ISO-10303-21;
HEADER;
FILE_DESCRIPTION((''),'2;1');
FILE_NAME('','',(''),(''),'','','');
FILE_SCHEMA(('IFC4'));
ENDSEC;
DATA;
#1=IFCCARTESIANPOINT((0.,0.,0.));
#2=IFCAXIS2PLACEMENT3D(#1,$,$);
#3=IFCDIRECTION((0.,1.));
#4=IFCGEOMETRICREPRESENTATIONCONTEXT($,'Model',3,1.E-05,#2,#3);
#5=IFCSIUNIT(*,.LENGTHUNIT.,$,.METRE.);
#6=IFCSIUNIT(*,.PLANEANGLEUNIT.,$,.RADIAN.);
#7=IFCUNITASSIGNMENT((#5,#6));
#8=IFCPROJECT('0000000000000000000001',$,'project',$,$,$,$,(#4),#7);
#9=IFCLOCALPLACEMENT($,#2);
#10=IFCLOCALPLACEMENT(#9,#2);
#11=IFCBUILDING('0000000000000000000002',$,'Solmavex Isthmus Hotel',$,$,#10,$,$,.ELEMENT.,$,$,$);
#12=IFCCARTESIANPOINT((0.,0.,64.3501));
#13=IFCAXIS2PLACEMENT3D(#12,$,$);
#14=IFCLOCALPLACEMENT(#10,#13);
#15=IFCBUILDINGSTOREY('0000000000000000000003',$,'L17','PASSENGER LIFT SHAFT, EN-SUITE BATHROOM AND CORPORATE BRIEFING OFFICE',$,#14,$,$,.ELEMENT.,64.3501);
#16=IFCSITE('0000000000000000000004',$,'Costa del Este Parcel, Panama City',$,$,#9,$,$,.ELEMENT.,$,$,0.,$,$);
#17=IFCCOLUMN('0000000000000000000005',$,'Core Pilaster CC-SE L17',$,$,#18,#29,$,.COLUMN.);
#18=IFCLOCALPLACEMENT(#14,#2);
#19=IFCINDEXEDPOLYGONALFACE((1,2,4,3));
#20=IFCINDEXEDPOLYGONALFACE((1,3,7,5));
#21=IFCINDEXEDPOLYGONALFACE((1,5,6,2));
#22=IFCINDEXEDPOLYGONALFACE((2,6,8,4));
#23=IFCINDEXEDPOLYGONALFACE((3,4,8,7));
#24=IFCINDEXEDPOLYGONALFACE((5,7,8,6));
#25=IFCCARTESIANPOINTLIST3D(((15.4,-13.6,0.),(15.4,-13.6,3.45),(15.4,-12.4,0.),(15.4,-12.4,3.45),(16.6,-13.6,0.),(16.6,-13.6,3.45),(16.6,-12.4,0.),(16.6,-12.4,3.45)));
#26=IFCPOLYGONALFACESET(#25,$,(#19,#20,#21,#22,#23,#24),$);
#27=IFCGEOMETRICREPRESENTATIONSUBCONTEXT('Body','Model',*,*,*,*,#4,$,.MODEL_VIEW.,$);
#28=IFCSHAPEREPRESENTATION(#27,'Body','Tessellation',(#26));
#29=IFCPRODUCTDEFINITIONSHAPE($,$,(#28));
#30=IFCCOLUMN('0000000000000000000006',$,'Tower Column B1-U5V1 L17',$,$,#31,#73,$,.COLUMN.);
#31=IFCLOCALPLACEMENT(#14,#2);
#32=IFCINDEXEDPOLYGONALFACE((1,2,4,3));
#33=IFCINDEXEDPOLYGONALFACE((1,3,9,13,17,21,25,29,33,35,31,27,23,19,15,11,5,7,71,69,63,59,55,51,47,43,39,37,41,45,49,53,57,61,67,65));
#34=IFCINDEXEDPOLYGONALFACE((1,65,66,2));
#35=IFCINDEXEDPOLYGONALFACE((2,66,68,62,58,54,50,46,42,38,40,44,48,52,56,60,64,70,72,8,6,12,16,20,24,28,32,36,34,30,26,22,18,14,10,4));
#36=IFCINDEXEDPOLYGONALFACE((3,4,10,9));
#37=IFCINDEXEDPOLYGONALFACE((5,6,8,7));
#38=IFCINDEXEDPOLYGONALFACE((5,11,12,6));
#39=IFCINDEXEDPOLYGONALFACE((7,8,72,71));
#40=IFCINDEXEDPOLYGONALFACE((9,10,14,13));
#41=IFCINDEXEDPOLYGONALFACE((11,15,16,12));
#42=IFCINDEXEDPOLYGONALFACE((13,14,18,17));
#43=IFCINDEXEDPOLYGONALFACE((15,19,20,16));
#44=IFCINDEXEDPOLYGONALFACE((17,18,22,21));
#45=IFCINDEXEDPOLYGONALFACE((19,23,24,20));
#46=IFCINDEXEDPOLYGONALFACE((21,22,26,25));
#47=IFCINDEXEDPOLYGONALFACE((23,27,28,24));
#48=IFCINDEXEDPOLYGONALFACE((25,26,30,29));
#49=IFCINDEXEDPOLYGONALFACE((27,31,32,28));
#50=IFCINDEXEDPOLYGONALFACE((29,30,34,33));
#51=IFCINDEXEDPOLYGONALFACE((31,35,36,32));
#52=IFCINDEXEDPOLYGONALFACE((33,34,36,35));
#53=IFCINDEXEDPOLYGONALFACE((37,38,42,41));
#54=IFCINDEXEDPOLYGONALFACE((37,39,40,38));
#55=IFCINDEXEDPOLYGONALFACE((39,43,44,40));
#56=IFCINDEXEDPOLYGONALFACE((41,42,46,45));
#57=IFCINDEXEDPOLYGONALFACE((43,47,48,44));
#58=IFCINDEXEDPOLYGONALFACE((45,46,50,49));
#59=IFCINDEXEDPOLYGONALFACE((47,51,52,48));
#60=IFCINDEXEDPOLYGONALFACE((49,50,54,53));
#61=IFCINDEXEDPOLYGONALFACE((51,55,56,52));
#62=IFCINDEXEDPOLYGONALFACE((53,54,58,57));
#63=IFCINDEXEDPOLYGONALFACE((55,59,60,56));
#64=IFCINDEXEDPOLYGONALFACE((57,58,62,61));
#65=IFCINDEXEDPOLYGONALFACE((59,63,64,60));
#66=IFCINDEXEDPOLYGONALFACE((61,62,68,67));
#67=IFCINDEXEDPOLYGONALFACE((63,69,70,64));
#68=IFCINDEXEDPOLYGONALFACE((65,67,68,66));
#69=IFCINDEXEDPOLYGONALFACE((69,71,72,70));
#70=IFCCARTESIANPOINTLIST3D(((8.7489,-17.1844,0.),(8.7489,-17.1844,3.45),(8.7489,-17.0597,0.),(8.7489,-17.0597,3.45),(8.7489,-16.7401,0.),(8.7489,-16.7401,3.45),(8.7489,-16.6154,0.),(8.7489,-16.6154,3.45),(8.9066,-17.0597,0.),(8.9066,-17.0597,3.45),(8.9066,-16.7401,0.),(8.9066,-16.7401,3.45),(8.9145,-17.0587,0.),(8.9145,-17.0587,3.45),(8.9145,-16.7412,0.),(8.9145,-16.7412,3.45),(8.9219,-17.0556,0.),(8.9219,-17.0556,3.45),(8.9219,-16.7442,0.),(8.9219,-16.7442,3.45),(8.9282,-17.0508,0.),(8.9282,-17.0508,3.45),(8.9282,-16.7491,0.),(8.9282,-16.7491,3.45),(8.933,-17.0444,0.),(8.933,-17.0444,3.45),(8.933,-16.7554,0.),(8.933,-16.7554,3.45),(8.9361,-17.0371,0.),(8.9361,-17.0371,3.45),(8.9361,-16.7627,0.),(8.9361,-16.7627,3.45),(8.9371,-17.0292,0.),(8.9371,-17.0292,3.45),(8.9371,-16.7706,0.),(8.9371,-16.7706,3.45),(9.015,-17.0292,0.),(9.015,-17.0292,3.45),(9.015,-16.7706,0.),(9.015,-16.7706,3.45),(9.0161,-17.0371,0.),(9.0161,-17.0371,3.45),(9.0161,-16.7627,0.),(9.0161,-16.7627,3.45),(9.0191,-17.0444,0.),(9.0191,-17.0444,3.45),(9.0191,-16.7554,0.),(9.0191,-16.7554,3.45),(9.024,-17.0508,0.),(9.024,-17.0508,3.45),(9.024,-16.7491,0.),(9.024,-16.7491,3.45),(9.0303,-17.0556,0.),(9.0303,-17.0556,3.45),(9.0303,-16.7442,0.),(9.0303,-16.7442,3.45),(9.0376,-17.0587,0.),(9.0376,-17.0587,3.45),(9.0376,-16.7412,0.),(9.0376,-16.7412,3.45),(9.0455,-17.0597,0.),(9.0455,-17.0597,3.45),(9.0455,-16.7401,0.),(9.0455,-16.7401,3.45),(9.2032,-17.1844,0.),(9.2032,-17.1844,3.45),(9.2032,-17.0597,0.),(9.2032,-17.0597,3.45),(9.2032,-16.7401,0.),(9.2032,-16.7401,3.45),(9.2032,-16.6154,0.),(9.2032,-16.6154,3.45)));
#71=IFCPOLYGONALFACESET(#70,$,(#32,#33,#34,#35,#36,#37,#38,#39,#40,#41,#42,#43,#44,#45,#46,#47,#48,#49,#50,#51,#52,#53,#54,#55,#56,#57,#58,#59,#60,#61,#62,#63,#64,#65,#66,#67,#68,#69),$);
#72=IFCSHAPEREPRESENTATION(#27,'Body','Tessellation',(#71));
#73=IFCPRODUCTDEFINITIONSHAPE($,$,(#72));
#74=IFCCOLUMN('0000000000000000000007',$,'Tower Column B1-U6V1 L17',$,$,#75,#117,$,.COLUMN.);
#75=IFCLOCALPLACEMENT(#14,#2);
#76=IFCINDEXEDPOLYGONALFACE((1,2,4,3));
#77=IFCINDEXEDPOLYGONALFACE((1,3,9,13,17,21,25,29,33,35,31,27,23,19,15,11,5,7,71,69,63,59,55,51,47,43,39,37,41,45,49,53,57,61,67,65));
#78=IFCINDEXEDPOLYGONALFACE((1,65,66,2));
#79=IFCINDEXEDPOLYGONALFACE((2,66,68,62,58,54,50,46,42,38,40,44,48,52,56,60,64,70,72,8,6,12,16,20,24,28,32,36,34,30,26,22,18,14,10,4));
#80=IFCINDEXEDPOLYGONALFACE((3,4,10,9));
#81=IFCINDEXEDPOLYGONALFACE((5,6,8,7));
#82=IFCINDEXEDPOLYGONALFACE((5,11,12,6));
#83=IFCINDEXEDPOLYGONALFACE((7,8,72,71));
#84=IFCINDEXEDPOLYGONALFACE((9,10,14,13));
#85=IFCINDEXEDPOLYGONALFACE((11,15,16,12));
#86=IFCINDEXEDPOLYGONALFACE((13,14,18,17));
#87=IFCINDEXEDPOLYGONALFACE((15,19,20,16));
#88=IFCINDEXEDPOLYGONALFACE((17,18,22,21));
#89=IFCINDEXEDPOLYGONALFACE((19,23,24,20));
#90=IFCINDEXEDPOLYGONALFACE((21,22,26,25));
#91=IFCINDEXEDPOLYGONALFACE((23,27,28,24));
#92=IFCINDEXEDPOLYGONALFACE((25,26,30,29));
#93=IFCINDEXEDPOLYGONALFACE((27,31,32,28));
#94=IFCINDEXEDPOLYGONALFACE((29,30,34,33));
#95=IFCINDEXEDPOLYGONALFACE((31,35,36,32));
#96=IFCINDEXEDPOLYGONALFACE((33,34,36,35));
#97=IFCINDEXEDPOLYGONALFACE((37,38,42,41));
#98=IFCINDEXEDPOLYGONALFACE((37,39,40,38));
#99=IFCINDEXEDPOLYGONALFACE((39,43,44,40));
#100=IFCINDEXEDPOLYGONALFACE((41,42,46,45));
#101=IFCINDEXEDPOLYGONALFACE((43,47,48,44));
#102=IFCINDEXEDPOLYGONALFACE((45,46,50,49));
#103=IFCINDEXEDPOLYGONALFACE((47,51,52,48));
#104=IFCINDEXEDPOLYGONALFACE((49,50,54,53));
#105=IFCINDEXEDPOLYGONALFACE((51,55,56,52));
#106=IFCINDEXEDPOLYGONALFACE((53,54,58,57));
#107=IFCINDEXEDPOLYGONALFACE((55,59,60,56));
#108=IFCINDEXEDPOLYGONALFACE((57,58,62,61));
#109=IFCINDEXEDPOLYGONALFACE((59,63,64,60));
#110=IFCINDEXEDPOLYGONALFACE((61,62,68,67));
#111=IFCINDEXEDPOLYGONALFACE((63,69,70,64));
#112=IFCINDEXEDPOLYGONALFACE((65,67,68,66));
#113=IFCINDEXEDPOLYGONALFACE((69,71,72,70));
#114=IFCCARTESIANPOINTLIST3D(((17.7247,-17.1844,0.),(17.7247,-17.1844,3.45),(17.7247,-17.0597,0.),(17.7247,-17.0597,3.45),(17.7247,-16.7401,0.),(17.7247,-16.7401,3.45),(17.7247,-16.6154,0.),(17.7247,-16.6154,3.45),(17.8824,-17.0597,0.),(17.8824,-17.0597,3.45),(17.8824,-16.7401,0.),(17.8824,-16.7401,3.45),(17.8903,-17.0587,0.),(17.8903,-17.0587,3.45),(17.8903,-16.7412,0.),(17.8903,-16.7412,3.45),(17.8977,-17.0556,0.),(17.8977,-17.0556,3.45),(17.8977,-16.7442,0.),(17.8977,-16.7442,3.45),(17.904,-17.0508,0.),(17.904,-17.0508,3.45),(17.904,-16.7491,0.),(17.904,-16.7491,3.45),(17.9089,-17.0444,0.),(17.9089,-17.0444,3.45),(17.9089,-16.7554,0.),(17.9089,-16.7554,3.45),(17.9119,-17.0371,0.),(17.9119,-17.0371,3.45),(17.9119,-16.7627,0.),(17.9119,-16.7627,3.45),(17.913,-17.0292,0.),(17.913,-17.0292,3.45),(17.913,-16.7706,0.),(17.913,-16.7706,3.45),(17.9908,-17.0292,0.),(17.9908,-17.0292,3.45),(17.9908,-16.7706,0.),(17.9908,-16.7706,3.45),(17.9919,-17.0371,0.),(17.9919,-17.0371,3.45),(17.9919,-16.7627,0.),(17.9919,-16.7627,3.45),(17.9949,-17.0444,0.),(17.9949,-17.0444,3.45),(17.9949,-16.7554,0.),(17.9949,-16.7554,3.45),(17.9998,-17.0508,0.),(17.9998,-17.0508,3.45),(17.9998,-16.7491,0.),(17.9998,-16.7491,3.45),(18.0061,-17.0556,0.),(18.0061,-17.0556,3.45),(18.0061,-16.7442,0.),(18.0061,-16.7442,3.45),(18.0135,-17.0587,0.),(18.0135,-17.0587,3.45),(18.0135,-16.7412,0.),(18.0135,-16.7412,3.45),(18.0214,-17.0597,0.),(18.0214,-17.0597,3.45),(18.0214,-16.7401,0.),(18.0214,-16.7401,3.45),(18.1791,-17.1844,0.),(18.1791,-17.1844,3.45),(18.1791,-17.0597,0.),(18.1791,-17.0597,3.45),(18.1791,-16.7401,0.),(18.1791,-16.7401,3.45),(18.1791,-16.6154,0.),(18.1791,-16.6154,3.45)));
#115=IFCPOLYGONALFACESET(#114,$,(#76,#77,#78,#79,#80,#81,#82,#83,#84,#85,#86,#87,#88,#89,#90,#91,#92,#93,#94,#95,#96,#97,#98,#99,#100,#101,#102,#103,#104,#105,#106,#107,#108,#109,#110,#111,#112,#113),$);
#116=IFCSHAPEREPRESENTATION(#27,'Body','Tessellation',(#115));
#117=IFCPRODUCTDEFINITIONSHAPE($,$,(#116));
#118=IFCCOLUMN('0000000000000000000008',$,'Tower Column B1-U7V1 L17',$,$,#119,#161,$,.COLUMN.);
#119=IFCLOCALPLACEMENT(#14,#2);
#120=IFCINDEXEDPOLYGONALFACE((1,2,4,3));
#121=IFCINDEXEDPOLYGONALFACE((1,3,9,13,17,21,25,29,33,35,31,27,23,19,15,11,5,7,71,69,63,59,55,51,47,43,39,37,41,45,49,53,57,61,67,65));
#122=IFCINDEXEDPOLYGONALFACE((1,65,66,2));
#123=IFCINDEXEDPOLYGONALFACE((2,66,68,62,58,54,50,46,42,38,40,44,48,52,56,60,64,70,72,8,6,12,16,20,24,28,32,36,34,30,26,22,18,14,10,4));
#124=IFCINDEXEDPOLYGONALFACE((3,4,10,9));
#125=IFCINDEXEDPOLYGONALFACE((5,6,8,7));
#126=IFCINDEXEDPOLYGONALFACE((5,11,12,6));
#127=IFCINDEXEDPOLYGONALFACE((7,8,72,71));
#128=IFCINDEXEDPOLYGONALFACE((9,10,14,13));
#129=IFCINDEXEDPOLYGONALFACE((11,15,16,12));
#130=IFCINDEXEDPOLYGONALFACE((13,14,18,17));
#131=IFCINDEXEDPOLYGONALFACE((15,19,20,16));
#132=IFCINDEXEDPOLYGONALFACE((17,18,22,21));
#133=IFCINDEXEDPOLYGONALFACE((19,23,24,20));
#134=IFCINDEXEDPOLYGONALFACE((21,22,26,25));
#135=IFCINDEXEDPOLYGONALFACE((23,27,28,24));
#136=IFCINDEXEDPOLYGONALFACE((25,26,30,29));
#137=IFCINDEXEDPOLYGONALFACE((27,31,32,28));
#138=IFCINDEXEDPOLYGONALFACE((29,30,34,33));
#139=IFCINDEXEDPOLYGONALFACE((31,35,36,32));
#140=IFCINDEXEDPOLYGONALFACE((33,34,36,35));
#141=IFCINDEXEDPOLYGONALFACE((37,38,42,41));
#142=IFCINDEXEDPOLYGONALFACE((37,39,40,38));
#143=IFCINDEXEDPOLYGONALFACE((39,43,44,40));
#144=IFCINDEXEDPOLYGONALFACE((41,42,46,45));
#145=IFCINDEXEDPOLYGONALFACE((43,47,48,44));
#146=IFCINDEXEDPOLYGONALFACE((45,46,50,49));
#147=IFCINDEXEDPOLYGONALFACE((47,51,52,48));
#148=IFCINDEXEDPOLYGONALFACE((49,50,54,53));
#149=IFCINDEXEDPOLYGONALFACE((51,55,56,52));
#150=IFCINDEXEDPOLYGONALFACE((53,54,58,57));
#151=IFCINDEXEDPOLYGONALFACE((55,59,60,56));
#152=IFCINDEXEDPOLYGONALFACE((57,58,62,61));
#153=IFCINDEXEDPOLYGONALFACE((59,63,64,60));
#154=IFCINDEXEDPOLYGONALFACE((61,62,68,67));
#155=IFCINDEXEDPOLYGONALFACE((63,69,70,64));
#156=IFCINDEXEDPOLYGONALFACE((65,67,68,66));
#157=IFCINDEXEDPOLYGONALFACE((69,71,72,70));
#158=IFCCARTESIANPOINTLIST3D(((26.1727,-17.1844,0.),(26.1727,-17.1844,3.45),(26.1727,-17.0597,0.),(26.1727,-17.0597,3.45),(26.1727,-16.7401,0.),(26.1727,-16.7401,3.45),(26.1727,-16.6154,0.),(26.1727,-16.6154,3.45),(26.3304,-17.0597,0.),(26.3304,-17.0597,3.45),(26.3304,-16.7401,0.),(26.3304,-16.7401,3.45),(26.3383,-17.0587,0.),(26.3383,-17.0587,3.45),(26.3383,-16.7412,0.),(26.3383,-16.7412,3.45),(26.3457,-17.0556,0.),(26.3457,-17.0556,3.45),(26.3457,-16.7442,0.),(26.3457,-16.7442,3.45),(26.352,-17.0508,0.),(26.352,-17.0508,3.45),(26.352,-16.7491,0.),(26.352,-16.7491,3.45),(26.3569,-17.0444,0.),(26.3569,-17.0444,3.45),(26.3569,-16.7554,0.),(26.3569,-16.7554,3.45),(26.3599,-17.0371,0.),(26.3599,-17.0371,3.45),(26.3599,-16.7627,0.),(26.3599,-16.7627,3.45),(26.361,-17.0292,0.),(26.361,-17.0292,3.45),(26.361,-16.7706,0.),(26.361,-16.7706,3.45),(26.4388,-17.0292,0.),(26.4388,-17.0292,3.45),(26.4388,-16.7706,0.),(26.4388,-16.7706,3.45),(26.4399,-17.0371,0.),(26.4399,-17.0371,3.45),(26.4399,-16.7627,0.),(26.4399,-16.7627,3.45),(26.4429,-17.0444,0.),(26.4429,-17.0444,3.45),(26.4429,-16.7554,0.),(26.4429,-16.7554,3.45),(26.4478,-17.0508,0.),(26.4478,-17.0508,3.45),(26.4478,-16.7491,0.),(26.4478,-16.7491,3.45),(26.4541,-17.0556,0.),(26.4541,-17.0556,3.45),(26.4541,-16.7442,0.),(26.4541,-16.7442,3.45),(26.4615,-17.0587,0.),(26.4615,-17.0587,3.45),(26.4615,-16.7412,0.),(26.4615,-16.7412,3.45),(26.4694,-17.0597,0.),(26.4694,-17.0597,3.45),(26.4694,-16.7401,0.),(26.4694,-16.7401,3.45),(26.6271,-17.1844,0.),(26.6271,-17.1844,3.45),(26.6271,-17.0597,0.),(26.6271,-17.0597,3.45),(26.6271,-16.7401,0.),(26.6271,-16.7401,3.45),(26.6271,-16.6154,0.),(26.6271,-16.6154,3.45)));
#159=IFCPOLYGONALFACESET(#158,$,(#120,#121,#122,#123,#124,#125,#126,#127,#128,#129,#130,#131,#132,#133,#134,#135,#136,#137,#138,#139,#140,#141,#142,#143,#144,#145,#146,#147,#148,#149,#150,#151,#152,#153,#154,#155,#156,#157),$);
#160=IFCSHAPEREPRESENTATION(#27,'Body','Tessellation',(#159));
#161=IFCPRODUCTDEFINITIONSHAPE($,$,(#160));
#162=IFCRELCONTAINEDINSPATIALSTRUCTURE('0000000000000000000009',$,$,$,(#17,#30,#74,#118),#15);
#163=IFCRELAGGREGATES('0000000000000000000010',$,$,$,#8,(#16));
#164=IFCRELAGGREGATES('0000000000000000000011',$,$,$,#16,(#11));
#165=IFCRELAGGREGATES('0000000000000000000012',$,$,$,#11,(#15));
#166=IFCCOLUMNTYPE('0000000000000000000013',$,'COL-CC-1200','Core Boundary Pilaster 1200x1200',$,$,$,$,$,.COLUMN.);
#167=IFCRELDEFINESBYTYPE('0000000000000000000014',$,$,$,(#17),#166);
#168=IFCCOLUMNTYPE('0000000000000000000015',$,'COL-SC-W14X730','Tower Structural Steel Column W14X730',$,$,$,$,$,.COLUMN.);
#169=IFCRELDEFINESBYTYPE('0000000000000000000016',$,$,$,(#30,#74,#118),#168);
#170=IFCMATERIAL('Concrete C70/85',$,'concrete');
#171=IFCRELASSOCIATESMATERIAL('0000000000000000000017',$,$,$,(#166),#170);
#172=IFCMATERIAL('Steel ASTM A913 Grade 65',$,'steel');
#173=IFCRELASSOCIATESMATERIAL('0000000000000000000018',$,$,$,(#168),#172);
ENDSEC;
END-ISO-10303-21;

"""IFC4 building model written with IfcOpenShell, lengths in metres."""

from ifc_helpers import new_model, si_unit, direction, frame, origin, origin_2d, place, context, subcontext, project, spatial, rectangle, i_section, extrude, material, material_profile, profile_set, type_object, element, save


model = new_model("IFC4")

# Units and contexts
model_context = context("Model", 3, precision=1e-05, world=origin(), true_north=direction((0.0, 1.0)))
body_context = subcontext(model_context, "Body", "Model", "MODEL_VIEW")
ifc_project = project(units=[si_unit("LENGTHUNIT", "METRE"), si_unit("PLANEANGLEUNIT", "RADIAN")], contexts=[model_context])

# Site, building, storey
site_placement = place(None, origin())
site = spatial("IfcSite", under=ifc_project, at=site_placement, Name="Costa del Este Parcel, Panama City", CompositionType="ELEMENT", RefElevation=0.0)
building_placement = place(site_placement, origin())
building = spatial("IfcBuilding", under=site, at=building_placement, Name="Solmavex Isthmus Hotel", CompositionType="ELEMENT")
storey_placement = place(building_placement, frame((0.0, 0.0, 64.3501)))
storey = spatial("IfcBuildingStorey", under=building, at=storey_placement, Name="L17", Description="PASSENGER LIFT SHAFT, EN-SUITE BATHROOM AND CORPORATE BRIEFING OFFICE", CompositionType="ELEMENT", Elevation=64.3501)

# Columns
ifc_material_1 = material(Name="Concrete C70/85", Category="concrete")
ifc_material_profile_1 = material_profile(ifc_material_1, rectangle(XDim=1.2, YDim=1.2, at=origin_2d()), Name="RC1200X1200")
ifc_profile_set_1 = profile_set([ifc_material_profile_1], Name="Concrete C70/85")
column_type_1 = type_object("IfcColumnType", Name="COL-CC-1200", Description="Core Boundary Pilaster 1200x1200", PredefinedType="COLUMN", material=ifc_profile_set_1)
column_placement = place(storey_placement, frame((16.0, -13.0, 0.0), z_axis=(0.0, 0.0, 1.0), x_axis=(1.0, 0.0, 0.0)))
element("IfcColumn", 1, at=column_placement, inside=storey, type_object=column_type_1, Name="Core Pilaster CC-SE L17", PredefinedType="COLUMN", context=body_context, shape_type="SweptSolid", body=[
    extrude(rectangle(XDim=1.2, YDim=1.2, at=origin_2d()), origin(), (0.0, 0.0, 1.0), 3.45),
])
ifc_material_2 = material(Name="Steel ASTM A913 Grade 65", Category="steel")
ifc_material_profile_2 = material_profile(ifc_material_2, i_section(OverallWidth=0.4543, OverallDepth=0.5691, WebThickness=0.0779, FlangeThickness=0.1248, FilletRadius=0.0305, at=origin_2d()), Name="W14X730")
ifc_profile_set_2 = profile_set([ifc_material_profile_2], Name="Steel ASTM A913 Grade 65")
column_type_2 = type_object("IfcColumnType", Name="COL-SC-W14X730", Description="Tower Structural Steel Column W14X730", PredefinedType="COLUMN", material=ifc_profile_set_2)
for number, where, z_axis, x_axis, name in (
    (2, (8.9761, -16.8999, 0.0), (0.0, 0.0, 1.0), (1.0, 0.0, 0.0), "Tower Column B1-U5V1 L17"),
    (3, (17.9519, -16.8999, 0.0), (0.0, 0.0, 1.0), (1.0, 0.0, 0.0), "Tower Column B1-U6V1 L17"),
    (4, (26.3999, -16.8999, 0.0), (0.0, 0.0, 1.0), (1.0, 0.0, 0.0), "Tower Column B1-U7V1 L17"),
):
    element("IfcColumn", number, at=place(storey_placement, frame(where, z_axis=z_axis, x_axis=x_axis)), inside=storey, type_object=column_type_2, Name=name, PredefinedType="COLUMN", context=body_context, shape_type="SweptSolid", body=[
        extrude(i_section(OverallWidth=0.4543, OverallDepth=0.5691, WebThickness=0.0779, FlangeThickness=0.1248, FilletRadius=0.0305, at=origin_2d()), origin(), (0.0, 0.0, 1.0), 3.45),
    ])

save(model, "model.ifc")
